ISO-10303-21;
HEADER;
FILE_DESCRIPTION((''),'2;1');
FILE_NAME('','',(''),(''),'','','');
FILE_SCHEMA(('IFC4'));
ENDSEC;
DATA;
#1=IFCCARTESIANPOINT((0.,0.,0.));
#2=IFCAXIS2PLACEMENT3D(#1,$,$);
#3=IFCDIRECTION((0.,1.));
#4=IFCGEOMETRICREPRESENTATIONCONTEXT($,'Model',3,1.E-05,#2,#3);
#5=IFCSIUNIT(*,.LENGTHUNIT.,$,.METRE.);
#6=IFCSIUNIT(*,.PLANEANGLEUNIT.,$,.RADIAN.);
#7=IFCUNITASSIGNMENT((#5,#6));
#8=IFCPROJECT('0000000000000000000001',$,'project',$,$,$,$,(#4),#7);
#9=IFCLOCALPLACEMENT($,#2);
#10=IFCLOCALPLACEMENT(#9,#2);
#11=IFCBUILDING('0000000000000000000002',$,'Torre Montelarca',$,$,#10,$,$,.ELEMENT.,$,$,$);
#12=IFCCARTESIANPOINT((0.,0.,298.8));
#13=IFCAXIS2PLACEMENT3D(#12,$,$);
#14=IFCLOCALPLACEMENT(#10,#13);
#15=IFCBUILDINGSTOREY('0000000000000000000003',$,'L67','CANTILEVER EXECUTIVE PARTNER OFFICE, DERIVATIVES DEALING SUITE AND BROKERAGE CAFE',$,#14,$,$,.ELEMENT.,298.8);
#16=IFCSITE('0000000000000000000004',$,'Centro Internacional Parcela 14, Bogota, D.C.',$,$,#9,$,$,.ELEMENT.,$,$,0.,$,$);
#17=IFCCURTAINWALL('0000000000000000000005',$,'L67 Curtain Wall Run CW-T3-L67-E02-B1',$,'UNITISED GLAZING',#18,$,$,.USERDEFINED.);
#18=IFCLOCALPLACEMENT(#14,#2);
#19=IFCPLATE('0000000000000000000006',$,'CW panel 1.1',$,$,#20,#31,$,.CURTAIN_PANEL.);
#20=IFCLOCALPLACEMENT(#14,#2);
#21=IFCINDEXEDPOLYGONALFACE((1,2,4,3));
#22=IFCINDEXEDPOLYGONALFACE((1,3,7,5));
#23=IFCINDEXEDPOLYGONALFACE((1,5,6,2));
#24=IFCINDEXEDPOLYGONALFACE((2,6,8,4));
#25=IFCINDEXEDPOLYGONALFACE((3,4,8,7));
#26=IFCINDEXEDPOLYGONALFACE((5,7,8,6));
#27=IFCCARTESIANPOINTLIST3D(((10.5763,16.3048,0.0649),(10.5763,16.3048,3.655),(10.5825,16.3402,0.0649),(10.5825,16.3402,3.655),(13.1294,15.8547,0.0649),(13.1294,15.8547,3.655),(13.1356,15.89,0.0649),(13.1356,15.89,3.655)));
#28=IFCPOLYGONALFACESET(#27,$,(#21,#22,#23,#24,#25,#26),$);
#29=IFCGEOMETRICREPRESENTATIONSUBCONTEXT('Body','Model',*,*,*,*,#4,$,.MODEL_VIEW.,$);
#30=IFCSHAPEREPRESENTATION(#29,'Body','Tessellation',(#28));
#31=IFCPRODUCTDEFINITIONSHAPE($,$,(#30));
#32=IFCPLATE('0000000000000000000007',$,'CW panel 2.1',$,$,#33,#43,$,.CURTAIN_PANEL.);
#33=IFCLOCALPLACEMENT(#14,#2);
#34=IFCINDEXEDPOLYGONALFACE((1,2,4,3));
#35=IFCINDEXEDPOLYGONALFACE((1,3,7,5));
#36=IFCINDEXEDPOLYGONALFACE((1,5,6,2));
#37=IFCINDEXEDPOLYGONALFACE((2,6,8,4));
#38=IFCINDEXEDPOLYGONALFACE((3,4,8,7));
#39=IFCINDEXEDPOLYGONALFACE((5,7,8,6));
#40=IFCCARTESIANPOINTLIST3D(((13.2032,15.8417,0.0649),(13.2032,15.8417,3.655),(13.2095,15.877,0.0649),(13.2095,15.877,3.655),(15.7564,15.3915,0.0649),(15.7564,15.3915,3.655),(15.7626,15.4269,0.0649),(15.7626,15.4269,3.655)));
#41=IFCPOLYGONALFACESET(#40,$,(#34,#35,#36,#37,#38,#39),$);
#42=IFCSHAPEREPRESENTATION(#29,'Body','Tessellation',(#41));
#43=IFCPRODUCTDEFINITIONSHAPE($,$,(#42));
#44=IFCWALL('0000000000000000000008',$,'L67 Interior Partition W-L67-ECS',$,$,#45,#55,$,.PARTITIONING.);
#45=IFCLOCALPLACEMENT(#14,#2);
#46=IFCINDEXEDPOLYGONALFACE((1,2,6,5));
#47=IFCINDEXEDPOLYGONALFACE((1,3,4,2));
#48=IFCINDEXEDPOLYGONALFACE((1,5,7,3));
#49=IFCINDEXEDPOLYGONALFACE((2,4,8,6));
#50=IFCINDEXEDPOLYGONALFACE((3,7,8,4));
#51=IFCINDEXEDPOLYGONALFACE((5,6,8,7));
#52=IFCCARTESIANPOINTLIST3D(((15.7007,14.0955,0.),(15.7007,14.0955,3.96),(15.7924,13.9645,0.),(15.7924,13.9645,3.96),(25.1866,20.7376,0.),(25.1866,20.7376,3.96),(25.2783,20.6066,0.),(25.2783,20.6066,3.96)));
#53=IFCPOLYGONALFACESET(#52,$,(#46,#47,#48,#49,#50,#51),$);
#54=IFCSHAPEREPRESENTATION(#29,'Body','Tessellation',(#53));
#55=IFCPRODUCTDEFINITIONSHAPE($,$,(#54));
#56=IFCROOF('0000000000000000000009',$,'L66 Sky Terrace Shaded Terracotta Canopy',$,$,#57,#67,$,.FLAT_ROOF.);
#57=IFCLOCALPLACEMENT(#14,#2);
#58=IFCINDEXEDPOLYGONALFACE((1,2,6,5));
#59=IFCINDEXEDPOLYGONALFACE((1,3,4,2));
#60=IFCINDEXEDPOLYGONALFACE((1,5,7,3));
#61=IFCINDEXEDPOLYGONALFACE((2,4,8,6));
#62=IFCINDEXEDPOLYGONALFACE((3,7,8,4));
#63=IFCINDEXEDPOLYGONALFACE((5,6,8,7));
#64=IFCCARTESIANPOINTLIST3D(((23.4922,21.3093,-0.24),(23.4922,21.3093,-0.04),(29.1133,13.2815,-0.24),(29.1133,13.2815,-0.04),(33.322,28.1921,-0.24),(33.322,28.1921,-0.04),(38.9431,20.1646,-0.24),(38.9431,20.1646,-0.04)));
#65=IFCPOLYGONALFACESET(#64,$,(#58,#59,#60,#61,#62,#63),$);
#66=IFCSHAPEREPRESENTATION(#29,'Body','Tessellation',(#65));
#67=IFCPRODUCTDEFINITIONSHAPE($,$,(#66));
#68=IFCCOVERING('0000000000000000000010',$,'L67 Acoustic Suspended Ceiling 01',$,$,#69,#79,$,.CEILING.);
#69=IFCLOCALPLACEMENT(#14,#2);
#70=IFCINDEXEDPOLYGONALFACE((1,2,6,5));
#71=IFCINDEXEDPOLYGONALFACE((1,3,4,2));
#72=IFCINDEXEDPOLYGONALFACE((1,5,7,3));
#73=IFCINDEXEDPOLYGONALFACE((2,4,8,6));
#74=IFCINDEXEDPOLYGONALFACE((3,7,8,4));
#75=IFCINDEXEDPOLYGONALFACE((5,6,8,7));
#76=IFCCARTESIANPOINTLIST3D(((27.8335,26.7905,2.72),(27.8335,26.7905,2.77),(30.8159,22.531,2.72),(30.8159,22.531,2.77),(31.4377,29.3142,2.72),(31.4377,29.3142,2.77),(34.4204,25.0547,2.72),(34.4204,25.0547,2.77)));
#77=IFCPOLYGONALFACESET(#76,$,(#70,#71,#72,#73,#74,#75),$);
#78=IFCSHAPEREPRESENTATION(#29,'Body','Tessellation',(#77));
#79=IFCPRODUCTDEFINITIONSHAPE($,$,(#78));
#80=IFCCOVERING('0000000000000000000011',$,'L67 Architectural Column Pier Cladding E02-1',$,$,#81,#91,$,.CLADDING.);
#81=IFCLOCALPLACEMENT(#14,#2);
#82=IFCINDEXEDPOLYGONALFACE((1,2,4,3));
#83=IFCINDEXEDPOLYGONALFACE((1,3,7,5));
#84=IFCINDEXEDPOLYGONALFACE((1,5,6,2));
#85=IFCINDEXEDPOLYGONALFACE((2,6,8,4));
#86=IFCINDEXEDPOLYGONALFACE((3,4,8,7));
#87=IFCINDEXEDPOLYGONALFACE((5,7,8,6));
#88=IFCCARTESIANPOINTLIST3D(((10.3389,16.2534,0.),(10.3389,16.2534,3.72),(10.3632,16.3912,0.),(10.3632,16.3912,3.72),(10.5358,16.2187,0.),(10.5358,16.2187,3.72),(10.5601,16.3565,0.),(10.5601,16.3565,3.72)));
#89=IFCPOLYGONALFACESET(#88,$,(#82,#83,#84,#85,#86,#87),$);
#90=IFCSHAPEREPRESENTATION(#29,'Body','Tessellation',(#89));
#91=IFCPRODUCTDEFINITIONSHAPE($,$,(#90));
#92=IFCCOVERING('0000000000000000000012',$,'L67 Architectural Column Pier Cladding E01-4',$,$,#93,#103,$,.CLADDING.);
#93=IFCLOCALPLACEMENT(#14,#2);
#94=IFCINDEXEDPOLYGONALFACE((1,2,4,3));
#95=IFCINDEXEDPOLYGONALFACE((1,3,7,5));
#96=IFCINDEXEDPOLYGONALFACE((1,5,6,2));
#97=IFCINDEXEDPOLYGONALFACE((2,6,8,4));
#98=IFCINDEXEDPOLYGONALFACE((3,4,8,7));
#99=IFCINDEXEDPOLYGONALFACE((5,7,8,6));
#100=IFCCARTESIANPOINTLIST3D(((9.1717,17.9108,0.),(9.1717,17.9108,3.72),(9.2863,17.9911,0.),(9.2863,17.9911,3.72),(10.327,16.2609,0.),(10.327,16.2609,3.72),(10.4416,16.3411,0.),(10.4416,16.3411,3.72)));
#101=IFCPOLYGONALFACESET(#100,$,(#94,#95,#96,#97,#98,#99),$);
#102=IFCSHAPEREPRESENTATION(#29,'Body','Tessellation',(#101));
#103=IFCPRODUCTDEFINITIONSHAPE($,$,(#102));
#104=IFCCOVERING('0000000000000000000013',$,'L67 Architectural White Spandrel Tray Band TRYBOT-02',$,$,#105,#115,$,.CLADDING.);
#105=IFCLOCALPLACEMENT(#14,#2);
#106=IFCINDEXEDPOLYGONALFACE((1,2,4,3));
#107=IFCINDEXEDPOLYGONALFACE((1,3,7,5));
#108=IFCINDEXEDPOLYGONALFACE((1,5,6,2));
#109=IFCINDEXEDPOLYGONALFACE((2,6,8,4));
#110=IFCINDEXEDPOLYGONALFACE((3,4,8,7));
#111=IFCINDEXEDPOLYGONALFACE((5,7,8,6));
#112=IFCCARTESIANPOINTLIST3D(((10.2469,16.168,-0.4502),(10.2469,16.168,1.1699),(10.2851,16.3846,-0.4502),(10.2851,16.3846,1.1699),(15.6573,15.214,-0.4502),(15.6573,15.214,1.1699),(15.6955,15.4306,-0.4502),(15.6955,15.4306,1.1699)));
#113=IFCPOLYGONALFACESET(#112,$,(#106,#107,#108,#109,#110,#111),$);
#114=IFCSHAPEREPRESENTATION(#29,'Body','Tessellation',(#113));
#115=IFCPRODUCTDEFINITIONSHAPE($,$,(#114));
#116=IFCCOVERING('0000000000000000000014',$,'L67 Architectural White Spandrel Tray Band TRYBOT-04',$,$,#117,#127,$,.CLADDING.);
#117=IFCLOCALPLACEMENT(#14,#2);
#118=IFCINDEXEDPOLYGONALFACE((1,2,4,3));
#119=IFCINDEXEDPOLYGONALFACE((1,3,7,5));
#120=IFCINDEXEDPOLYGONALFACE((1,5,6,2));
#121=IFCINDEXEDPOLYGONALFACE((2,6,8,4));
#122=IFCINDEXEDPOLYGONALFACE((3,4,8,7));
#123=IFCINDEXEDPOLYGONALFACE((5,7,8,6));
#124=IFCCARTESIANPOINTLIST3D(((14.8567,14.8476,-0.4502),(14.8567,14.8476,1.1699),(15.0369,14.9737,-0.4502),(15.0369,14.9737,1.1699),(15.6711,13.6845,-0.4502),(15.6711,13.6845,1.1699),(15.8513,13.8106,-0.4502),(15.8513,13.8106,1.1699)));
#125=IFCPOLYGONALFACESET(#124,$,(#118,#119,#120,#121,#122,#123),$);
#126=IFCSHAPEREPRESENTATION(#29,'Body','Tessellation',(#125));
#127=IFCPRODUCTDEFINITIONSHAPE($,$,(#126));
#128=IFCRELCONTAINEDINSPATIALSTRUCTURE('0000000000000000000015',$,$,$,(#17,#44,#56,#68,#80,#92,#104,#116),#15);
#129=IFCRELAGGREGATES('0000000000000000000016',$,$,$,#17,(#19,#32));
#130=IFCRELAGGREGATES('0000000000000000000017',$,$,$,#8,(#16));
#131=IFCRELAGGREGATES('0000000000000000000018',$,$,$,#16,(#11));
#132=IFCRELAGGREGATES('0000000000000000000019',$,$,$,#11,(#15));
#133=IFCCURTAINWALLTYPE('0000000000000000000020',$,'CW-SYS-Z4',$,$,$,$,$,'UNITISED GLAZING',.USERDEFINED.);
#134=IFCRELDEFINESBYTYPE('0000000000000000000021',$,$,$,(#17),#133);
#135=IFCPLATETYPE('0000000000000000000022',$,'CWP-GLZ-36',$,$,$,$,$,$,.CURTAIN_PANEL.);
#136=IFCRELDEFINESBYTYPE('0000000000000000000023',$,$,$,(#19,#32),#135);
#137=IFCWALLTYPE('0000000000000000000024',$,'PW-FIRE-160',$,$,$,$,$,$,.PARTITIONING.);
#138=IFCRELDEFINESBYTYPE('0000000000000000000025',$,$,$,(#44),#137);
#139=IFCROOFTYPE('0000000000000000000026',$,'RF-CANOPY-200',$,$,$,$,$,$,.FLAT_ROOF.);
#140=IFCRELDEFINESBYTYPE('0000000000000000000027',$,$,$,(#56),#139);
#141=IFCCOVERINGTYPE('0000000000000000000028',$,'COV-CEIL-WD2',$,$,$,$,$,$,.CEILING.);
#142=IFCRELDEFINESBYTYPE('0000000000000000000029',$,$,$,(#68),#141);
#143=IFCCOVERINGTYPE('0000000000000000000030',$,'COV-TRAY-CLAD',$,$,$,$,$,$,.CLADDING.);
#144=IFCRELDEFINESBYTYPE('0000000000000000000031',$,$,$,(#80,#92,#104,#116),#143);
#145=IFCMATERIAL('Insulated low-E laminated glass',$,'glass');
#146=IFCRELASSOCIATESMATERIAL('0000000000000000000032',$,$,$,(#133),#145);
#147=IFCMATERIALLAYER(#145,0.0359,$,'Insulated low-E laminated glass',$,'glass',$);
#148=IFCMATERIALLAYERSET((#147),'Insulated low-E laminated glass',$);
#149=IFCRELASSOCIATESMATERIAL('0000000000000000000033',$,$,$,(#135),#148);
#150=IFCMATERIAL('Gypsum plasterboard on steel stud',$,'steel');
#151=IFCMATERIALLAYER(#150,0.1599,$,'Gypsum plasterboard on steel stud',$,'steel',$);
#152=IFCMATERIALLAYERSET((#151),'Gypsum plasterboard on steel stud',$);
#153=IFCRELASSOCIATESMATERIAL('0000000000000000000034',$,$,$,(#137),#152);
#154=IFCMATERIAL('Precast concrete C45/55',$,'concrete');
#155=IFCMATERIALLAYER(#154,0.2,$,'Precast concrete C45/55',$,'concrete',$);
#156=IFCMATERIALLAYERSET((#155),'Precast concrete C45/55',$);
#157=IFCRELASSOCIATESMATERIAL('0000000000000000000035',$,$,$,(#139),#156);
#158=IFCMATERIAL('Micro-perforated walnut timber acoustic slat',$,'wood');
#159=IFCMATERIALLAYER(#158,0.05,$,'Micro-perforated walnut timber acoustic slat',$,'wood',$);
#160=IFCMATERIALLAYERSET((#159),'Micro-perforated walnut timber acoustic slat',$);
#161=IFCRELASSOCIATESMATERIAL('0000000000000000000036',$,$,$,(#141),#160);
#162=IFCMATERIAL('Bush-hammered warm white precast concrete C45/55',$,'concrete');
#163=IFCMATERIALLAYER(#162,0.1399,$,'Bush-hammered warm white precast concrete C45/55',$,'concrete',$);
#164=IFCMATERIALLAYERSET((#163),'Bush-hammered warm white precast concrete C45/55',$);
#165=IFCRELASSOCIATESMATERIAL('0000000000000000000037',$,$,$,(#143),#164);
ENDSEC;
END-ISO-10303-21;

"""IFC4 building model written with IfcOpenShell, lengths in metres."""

from ifc_helpers import new_model, si_unit, direction, frame, frame_2d, origin, origin_2d, place, context, subcontext, project, spatial, polyline, rectangle, outline, extrude, source, transform, mapped, material, layer, layer_set, type_object, element, aggregate, save


model = new_model("IFC4")

# Units and contexts
model_context = context("Model", 3, precision=1e-05, world=origin(), true_north=direction((0.0, 1.0)))
body_context = subcontext(model_context, "Body", "Model", "MODEL_VIEW")
ifc_project = project(units=[si_unit("LENGTHUNIT", "METRE"), si_unit("PLANEANGLEUNIT", "RADIAN")], contexts=[model_context])

# Site, building, storey
site_placement = place(None, origin())
site = spatial("IfcSite", under=ifc_project, at=site_placement, Name="Centro Internacional Parcela 14, Bogota, D.C.", CompositionType="ELEMENT", RefElevation=0.0)
building_placement = place(site_placement, origin())
building = spatial("IfcBuilding", under=site, at=building_placement, Name="Torre Montelarca", CompositionType="ELEMENT")
storey_placement = place(building_placement, frame((0.0, 0.0, 298.8)))
storey = spatial("IfcBuildingStorey", under=building, at=storey_placement, Name="L67", Description="CANTILEVER EXECUTIVE PARTNER OFFICE, DERIVATIVES DEALING SUITE AND BROKERAGE CAFE", CompositionType="ELEMENT", Elevation=298.8)

# Curtain wall
ifc_material_1 = material(Name="Insulated low-E laminated glass", Category="glass")
curtain_wall_type = type_object("IfcCurtainWallType", Name="CW-SYS-Z4", ElementType="UNITISED GLAZING", PredefinedType="USERDEFINED", material=ifc_material_1)
curtain_wall_1_placement = place(storey_placement, origin())
curtain_wall_1 = element("IfcCurtainWall", 1, at=curtain_wall_1_placement, inside=storey, type_object=curtain_wall_type, Name="L67 Curtain Wall Run CW-T3-L67-E02-B1", ObjectType="UNITISED GLAZING", PredefinedType="USERDEFINED")

# Plates
ifc_layer_1 = layer(ifc_material_1, 0.0359, Name="Insulated low-E laminated glass", Category="glass")
ifc_layer_set_1 = layer_set([ifc_layer_1], Name="Insulated low-E laminated glass")
plate_type = type_object("IfcPlateType", Name="CWP-GLZ-36", PredefinedType="CURTAIN_PANEL", material=ifc_layer_set_1)
shared_shape_1 = source(origin(), body_context, "Body", "SweptSolid", [
    extrude(rectangle(XDim=2.5925, YDim=0.0359, at=origin_2d()), origin(), (0.0, 0.0, 1.0), 3.5901),
])
plate_1_placement = place(storey_placement, frame((11.856, 16.0974, 0.0649), z_axis=(0.0, 0.0, 1.0), x_axis=(0.984809, -0.173642, 0.0)))
plate_1 = element("IfcPlate", 2, at=plate_1_placement, type_object=plate_type, Name="CW panel 1.1", PredefinedType="CURTAIN_PANEL", context=body_context, shape_type="MappedRepresentation", body=[
    mapped(shared_shape_1, transform((0.0, 0.0, 0.0), scale=1.0)),
])
plate_2_placement = place(storey_placement, frame((14.4829, 15.6343, 0.0649), z_axis=(0.0, 0.0, 1.0), x_axis=(0.984809, -0.173642, 0.0)))
plate_2 = element("IfcPlate", 3, at=plate_2_placement, type_object=plate_type, Name="CW panel 2.1", PredefinedType="CURTAIN_PANEL", context=body_context, shape_type="MappedRepresentation", body=[
    mapped(shared_shape_1, transform((0.0, 0.0, 0.0), scale=1.0)),
])
aggregate(curtain_wall_1, [plate_1, plate_2])

# Wall
ifc_material_2 = material(Name="Gypsum plasterboard on steel stud", Category="steel")
ifc_layer_2 = layer(ifc_material_2, 0.1599, Name="Gypsum plasterboard on steel stud", Category="steel")
ifc_layer_set_2 = layer_set([ifc_layer_2], Name="Gypsum plasterboard on steel stud")
wall_type = type_object("IfcWallType", Name="PW-FIRE-160", PredefinedType="PARTITIONING", material=ifc_layer_set_2)
wall_placement = place(storey_placement, frame((15.7466, 14.03, 0.0), z_axis=(0.0, 0.0, 1.0), x_axis=(0.819151, 0.573578, 0.0)))
element("IfcWall", 4, at=wall_placement, inside=storey, type_object=wall_type, Name="L67 Interior Partition W-L67-ECS", PredefinedType="PARTITIONING", context=body_context, shape_type="SweptSolid", body=[
    extrude(rectangle(XDim=11.5801, YDim=0.1599, at=frame_2d((5.79, 0.0))), origin(), (0.0, 0.0, 1.0), 3.96),
])

# Roof
ifc_material_3 = material(Name="Precast concrete C45/55", Category="concrete")
ifc_layer_3 = layer(ifc_material_3, 0.2, Name="Precast concrete C45/55", Category="concrete")
ifc_layer_set_3 = layer_set([ifc_layer_3], Name="Precast concrete C45/55")
roof_type = type_object("IfcRoofType", Name="RF-CANOPY-200", PredefinedType="FLAT_ROOF", material=ifc_layer_set_3)
roof_placement = place(storey_placement, frame((0.0, 0.0, -0.24)))
element("IfcRoof", 5, at=roof_placement, inside=storey, type_object=roof_type, Name="L66 Sky Terrace Shaded Terracotta Canopy", PredefinedType="FLAT_ROOF", context=body_context, shape_type="SweptSolid", body=[
    extrude(outline(polyline([(23.4922, 21.3093), (29.1133, 13.2815), (38.9431, 20.1646), (33.322, 28.1921), (23.4922, 21.3093)])), origin(), (0.0, 0.0, 1.0), 0.2),
])

# Coverings
ifc_material_4 = material(Name="Micro-perforated walnut timber acoustic slat", Category="wood")
ifc_layer_4 = layer(ifc_material_4, 0.05, Name="Micro-perforated walnut timber acoustic slat", Category="wood")
ifc_layer_set_4 = layer_set([ifc_layer_4], Name="Micro-perforated walnut timber acoustic slat")
covering_type_1 = type_object("IfcCoveringType", Name="COV-CEIL-WD2", PredefinedType="CEILING", material=ifc_layer_set_4)
covering_1_placement = place(storey_placement, frame((0.0, 0.0, 2.72)))
element("IfcCovering", 6, at=covering_1_placement, inside=storey, type_object=covering_type_1, Name="L67 Acoustic Suspended Ceiling 01", PredefinedType="CEILING", context=body_context, shape_type="SweptSolid", body=[
    extrude(outline(polyline([(27.8335, 26.7905), (30.8159, 22.531), (34.4204, 25.0547), (31.4377, 29.3142), (27.8335, 26.7905)])), origin(), (0.0, 0.0, 1.0), 0.05),
])
ifc_material_5 = material(Name="Bush-hammered warm white precast concrete C45/55", Category="concrete")
ifc_layer_5 = layer(ifc_material_5, 0.1399, Name="Bush-hammered warm white precast concrete C45/55", Category="concrete")
ifc_layer_set_5 = layer_set([ifc_layer_5], Name="Bush-hammered warm white precast concrete C45/55")
covering_type_2 = type_object("IfcCoveringType", Name="COV-TRAY-CLAD", PredefinedType="CLADDING", material=ifc_layer_set_5)
shared_shape_2 = source(origin(), body_context, "Body", "SweptSolid", [
    extrude(rectangle(XDim=0.2, YDim=0.1399, at=origin_2d()), origin(), (0.0, 0.0, 1.0), 3.72),
])
covering_2_placement = place(storey_placement, frame((10.4495, 16.3049, 0.0), z_axis=(0.0, 0.0, 1.0), x_axis=(0.984807, -0.173653, 0.0)))
element("IfcCovering", 7, at=covering_2_placement, inside=storey, type_object=covering_type_2, Name="L67 Architectural Column Pier Cladding E02-1", PredefinedType="CLADDING", context=body_context, shape_type="MappedRepresentation", body=[
    mapped(shared_shape_2, transform((0.0, 0.0, 0.0), scale=1.0)),
])
shared_shape_3 = source(origin(), body_context, "Body", "SweptSolid", [
    extrude(rectangle(XDim=2.0142, YDim=0.1399, at=origin_2d()), origin(), (0.0, 0.0, 1.0), 3.72),
])
covering_3_placement = place(storey_placement, frame((9.8066, 17.126, 0.0), z_axis=(0.0, 0.0, 1.0), x_axis=(0.573572, -0.819155, 0.0)))
element("IfcCovering", 8, at=covering_3_placement, inside=storey, type_object=covering_type_2, Name="L67 Architectural Column Pier Cladding E01-4", PredefinedType="CLADDING", context=body_context, shape_type="MappedRepresentation", body=[
    mapped(shared_shape_3, transform((0.0, 0.0, 0.0), scale=1.0)),
])
shared_shape_4 = source(origin(), body_context, "Body", "SweptSolid", [
    extrude(rectangle(XDim=5.4939, YDim=0.22, at=origin_2d()), origin(), (0.0, 0.0, 1.0), 1.6201),
])
covering_4_placement = place(storey_placement, frame((12.9712, 15.7993, -0.4502), z_axis=(0.0, 0.0, 1.0), x_axis=(0.984807, -0.173653, 0.0)))
element("IfcCovering", 9, at=covering_4_placement, inside=storey, type_object=covering_type_2, Name="L67 Architectural White Spandrel Tray Band TRYBOT-02", PredefinedType="CLADDING", context=body_context, shape_type="MappedRepresentation", body=[
    mapped(shared_shape_4, transform((0.0, 0.0, 0.0), scale=1.0)),
])
shared_shape_5 = source(origin(), body_context, "Body", "SweptSolid", [
    extrude(rectangle(XDim=1.4199, YDim=0.22, at=origin_2d()), origin(), (0.0, 0.0, 1.0), 1.6201),
])
covering_5_placement = place(storey_placement, frame((15.354, 14.3291, -0.4502), z_axis=(0.0, 0.0, 1.0), x_axis=(0.573602, -0.819134, 0.0)))
element("IfcCovering", 10, at=covering_5_placement, inside=storey, type_object=covering_type_2, Name="L67 Architectural White Spandrel Tray Band TRYBOT-04", PredefinedType="CLADDING", context=body_context, shape_type="MappedRepresentation", body=[
    mapped(shared_shape_5, transform((0.0, 0.0, 0.0), scale=1.0)),
])

save(model, "model.ifc")
